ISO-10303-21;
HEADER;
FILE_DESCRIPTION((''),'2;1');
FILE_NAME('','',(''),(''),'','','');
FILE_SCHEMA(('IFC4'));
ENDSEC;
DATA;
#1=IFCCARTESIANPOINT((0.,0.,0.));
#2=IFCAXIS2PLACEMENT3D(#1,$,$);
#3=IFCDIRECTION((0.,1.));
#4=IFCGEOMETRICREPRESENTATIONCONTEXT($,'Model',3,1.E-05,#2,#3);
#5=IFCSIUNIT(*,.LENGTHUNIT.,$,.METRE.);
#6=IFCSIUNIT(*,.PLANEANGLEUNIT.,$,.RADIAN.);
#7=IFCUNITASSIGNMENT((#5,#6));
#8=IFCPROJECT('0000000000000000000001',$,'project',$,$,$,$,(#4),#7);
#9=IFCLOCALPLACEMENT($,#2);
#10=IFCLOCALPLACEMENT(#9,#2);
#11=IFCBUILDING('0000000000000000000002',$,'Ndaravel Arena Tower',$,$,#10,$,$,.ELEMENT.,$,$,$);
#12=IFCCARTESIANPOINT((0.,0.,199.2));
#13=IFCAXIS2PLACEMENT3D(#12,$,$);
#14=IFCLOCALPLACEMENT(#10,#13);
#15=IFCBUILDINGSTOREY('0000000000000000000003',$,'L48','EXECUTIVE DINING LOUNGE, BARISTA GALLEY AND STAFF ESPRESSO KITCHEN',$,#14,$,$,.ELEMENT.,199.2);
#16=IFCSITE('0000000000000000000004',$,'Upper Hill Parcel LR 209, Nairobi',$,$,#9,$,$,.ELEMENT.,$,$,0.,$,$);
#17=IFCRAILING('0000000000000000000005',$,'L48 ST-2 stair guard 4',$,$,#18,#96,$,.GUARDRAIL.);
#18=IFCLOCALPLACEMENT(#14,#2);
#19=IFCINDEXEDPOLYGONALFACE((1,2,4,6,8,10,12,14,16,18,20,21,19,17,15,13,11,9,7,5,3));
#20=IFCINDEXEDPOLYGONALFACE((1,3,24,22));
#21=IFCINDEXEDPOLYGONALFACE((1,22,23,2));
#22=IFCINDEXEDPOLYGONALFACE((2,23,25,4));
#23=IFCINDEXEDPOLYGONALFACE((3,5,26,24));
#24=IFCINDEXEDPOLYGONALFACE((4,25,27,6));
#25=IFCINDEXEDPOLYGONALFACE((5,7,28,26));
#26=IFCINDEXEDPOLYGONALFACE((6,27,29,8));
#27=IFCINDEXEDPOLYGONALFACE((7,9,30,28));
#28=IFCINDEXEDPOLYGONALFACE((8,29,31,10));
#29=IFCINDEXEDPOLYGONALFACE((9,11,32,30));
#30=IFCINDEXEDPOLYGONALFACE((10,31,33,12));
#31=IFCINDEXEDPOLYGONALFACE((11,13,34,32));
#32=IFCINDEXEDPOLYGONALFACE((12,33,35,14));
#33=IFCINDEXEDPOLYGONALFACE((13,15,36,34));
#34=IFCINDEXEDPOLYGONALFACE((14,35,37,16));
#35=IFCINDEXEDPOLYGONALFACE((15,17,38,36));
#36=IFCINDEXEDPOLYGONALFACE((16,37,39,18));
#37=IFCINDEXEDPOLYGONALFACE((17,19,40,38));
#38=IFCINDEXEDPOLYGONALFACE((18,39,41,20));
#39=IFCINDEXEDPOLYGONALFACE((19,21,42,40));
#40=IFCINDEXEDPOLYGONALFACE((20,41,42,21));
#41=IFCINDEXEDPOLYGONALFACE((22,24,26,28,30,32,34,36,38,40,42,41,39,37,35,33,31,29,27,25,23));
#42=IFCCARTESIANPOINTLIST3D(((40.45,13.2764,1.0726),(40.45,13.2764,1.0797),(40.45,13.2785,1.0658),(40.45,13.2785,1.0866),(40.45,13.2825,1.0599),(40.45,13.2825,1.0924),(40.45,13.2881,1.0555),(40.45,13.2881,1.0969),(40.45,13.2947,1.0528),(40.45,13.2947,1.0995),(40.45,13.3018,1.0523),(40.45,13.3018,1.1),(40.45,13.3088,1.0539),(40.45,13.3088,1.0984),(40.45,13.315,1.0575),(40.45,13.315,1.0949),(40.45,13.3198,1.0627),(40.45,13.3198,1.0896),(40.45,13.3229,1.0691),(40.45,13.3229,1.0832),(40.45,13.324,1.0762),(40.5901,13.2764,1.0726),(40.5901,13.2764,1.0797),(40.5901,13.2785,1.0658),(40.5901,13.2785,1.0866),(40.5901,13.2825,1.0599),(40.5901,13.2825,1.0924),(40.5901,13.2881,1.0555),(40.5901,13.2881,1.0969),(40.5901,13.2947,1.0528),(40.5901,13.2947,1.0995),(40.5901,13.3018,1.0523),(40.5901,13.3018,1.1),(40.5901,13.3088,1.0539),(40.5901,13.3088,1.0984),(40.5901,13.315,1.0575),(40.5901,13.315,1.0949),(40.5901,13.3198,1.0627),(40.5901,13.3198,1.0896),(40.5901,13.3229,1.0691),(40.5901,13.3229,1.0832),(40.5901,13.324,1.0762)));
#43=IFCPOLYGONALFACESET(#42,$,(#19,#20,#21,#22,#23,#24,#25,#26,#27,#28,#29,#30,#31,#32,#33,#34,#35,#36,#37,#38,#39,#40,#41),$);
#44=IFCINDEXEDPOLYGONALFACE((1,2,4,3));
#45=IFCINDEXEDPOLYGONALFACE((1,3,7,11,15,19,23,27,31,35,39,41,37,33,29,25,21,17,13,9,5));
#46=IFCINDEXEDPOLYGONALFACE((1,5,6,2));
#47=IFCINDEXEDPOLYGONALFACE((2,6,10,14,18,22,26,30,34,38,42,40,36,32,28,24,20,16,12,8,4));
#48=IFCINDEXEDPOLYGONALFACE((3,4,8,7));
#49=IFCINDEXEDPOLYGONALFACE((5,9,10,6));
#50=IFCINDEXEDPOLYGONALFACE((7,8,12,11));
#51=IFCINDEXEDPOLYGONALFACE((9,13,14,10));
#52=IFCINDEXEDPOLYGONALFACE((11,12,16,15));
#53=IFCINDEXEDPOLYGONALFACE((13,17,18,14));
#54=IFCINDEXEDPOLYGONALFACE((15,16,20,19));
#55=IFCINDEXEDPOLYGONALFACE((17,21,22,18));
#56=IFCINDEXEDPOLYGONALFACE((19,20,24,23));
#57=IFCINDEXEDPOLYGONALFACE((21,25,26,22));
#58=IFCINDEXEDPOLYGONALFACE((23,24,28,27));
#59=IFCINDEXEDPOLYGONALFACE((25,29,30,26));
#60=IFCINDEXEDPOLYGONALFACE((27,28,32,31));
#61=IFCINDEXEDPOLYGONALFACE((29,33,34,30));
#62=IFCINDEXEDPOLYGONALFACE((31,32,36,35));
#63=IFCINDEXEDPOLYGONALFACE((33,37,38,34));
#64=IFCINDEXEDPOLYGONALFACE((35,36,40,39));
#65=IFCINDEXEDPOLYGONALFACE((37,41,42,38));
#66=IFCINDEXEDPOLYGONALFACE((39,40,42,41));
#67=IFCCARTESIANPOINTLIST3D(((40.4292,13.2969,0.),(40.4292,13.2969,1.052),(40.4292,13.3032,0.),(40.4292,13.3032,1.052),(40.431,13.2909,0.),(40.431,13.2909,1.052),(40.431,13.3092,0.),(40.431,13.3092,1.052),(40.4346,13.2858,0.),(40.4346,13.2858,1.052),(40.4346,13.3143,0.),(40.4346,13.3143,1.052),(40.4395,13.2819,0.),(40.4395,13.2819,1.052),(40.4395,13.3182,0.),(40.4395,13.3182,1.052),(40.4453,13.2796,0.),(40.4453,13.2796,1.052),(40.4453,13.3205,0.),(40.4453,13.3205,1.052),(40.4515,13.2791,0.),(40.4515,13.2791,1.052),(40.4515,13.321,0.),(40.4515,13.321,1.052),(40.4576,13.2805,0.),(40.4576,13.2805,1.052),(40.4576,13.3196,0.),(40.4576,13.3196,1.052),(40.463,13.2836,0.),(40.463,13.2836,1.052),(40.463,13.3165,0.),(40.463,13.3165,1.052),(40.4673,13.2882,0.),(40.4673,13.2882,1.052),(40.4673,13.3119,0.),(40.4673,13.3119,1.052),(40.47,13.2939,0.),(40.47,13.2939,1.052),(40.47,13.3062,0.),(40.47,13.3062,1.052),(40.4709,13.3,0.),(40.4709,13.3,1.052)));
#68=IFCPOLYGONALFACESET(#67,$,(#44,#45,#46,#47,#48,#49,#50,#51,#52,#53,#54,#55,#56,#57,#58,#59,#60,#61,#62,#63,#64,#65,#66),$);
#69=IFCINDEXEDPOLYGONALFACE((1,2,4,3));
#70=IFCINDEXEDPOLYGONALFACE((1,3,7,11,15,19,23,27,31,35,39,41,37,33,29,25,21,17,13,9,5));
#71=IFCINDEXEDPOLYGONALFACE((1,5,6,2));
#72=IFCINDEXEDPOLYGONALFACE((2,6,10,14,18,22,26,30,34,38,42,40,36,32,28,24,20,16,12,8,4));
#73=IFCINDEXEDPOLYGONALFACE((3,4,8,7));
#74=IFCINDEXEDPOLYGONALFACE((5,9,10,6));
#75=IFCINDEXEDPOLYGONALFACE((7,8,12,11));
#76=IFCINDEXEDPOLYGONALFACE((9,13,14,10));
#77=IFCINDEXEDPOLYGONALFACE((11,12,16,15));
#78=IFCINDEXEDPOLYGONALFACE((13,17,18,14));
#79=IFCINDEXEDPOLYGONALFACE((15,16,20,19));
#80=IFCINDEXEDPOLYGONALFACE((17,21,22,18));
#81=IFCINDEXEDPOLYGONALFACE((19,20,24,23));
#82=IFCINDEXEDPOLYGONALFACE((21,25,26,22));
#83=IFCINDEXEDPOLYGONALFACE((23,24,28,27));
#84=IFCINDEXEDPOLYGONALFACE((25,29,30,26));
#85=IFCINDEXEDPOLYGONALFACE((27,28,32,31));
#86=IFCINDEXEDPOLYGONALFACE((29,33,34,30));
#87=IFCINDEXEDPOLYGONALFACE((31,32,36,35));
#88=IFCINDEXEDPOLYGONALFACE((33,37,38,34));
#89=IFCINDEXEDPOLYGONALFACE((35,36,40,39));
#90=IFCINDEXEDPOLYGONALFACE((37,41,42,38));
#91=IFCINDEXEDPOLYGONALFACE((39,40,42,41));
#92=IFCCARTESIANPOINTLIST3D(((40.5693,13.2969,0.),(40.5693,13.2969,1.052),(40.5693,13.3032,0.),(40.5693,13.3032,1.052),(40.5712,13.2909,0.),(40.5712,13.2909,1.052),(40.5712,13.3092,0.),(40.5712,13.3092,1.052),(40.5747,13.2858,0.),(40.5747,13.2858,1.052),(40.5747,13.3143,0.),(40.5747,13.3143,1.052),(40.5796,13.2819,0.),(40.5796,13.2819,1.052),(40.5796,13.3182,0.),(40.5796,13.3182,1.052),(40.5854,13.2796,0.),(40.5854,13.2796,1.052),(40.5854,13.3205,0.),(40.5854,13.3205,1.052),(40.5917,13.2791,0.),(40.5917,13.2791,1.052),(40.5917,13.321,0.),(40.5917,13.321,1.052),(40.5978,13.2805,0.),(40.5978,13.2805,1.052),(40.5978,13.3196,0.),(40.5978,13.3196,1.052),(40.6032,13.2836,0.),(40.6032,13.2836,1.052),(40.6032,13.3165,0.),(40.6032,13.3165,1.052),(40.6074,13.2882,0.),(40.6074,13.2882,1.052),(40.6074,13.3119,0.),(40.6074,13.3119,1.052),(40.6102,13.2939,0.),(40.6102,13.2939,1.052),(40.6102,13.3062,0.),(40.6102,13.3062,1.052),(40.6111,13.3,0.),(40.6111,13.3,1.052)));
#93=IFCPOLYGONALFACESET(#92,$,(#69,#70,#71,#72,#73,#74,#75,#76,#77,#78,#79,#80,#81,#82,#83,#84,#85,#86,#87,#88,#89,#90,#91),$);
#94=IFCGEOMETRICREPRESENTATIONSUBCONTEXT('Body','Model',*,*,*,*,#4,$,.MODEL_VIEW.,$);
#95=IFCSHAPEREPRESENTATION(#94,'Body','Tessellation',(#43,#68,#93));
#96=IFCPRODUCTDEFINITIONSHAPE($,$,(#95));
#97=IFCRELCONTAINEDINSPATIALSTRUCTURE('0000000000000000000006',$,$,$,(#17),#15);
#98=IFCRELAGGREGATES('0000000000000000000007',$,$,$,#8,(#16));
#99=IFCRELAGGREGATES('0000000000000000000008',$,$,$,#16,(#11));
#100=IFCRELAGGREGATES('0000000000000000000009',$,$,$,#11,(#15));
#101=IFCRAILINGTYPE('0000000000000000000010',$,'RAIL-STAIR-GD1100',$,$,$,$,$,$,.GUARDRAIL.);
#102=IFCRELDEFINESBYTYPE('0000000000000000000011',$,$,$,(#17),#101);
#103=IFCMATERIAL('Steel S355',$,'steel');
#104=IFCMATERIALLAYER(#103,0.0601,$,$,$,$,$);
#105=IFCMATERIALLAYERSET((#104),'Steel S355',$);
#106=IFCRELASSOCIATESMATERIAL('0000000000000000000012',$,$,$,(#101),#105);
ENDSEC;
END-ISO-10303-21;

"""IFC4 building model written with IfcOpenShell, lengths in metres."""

from ifc_helpers import new_model, si_unit, direction, frame, origin, origin_2d, place, context, subcontext, project, spatial, circle, extrude, material, layer, layer_set, type_object, element, save


model = new_model("IFC4")

# Units and contexts
model_context = context("Model", 3, precision=1e-05, world=origin(), true_north=direction((0.0, 1.0)))
body_context = subcontext(model_context, "Body", "Model", "MODEL_VIEW")
ifc_project = project(units=[si_unit("LENGTHUNIT", "METRE"), si_unit("PLANEANGLEUNIT", "RADIAN")], contexts=[model_context])

# Site, building, storey
site_placement = place(None, origin())
site = spatial("IfcSite", under=ifc_project, at=site_placement, Name="Upper Hill Parcel LR 209, Nairobi", CompositionType="ELEMENT", RefElevation=0.0)
building_placement = place(site_placement, origin())
building = spatial("IfcBuilding", under=site, at=building_placement, Name="Ndaravel Arena Tower", CompositionType="ELEMENT")
storey_placement = place(building_placement, frame((0.0, 0.0, 199.2)))
storey = spatial("IfcBuildingStorey", under=building, at=storey_placement, Name="L48", Description="EXECUTIVE DINING LOUNGE, BARISTA GALLEY AND STAFF ESPRESSO KITCHEN", CompositionType="ELEMENT", Elevation=199.2)

# Railing
ifc_material_1 = material(Name="Steel S355", Category="steel")
ifc_layer_1 = layer(ifc_material_1, 0.0601)
ifc_layer_set_1 = layer_set([ifc_layer_1], Name="Steel S355")
railing_type_1 = type_object("IfcRailingType", Name="RAIL-STAIR-GD1100", PredefinedType="GUARDRAIL", material=ifc_layer_set_1)
railing_1_placement = place(storey_placement, frame((40.45, 13.3, 0.0)))
element("IfcRailing", 1, at=railing_1_placement, inside=storey, type_object=railing_type_1, Name="L48 ST-2 stair guard 4", PredefinedType="GUARDRAIL", context=body_context, shape_type="SweptSolid", body=[
    extrude(circle(Radius=0.0239, at=origin_2d()), frame((0.0, 0.0, 1.0762), z_axis=(1.0, 0.0, 0.0), x_axis=(0.0, 1.0, 0.0)), (0.0, 0.0, 1.0), 0.1401),
    extrude(circle(Radius=0.021, at=origin_2d()), origin(), (0.0, 0.0, 1.0), 1.052),
    extrude(circle(Radius=0.021, at=origin_2d()), frame((0.1401, 0.0, 0.0)), (0.0, 0.0, 1.0), 1.052),
])

save(model, "model.ifc")
